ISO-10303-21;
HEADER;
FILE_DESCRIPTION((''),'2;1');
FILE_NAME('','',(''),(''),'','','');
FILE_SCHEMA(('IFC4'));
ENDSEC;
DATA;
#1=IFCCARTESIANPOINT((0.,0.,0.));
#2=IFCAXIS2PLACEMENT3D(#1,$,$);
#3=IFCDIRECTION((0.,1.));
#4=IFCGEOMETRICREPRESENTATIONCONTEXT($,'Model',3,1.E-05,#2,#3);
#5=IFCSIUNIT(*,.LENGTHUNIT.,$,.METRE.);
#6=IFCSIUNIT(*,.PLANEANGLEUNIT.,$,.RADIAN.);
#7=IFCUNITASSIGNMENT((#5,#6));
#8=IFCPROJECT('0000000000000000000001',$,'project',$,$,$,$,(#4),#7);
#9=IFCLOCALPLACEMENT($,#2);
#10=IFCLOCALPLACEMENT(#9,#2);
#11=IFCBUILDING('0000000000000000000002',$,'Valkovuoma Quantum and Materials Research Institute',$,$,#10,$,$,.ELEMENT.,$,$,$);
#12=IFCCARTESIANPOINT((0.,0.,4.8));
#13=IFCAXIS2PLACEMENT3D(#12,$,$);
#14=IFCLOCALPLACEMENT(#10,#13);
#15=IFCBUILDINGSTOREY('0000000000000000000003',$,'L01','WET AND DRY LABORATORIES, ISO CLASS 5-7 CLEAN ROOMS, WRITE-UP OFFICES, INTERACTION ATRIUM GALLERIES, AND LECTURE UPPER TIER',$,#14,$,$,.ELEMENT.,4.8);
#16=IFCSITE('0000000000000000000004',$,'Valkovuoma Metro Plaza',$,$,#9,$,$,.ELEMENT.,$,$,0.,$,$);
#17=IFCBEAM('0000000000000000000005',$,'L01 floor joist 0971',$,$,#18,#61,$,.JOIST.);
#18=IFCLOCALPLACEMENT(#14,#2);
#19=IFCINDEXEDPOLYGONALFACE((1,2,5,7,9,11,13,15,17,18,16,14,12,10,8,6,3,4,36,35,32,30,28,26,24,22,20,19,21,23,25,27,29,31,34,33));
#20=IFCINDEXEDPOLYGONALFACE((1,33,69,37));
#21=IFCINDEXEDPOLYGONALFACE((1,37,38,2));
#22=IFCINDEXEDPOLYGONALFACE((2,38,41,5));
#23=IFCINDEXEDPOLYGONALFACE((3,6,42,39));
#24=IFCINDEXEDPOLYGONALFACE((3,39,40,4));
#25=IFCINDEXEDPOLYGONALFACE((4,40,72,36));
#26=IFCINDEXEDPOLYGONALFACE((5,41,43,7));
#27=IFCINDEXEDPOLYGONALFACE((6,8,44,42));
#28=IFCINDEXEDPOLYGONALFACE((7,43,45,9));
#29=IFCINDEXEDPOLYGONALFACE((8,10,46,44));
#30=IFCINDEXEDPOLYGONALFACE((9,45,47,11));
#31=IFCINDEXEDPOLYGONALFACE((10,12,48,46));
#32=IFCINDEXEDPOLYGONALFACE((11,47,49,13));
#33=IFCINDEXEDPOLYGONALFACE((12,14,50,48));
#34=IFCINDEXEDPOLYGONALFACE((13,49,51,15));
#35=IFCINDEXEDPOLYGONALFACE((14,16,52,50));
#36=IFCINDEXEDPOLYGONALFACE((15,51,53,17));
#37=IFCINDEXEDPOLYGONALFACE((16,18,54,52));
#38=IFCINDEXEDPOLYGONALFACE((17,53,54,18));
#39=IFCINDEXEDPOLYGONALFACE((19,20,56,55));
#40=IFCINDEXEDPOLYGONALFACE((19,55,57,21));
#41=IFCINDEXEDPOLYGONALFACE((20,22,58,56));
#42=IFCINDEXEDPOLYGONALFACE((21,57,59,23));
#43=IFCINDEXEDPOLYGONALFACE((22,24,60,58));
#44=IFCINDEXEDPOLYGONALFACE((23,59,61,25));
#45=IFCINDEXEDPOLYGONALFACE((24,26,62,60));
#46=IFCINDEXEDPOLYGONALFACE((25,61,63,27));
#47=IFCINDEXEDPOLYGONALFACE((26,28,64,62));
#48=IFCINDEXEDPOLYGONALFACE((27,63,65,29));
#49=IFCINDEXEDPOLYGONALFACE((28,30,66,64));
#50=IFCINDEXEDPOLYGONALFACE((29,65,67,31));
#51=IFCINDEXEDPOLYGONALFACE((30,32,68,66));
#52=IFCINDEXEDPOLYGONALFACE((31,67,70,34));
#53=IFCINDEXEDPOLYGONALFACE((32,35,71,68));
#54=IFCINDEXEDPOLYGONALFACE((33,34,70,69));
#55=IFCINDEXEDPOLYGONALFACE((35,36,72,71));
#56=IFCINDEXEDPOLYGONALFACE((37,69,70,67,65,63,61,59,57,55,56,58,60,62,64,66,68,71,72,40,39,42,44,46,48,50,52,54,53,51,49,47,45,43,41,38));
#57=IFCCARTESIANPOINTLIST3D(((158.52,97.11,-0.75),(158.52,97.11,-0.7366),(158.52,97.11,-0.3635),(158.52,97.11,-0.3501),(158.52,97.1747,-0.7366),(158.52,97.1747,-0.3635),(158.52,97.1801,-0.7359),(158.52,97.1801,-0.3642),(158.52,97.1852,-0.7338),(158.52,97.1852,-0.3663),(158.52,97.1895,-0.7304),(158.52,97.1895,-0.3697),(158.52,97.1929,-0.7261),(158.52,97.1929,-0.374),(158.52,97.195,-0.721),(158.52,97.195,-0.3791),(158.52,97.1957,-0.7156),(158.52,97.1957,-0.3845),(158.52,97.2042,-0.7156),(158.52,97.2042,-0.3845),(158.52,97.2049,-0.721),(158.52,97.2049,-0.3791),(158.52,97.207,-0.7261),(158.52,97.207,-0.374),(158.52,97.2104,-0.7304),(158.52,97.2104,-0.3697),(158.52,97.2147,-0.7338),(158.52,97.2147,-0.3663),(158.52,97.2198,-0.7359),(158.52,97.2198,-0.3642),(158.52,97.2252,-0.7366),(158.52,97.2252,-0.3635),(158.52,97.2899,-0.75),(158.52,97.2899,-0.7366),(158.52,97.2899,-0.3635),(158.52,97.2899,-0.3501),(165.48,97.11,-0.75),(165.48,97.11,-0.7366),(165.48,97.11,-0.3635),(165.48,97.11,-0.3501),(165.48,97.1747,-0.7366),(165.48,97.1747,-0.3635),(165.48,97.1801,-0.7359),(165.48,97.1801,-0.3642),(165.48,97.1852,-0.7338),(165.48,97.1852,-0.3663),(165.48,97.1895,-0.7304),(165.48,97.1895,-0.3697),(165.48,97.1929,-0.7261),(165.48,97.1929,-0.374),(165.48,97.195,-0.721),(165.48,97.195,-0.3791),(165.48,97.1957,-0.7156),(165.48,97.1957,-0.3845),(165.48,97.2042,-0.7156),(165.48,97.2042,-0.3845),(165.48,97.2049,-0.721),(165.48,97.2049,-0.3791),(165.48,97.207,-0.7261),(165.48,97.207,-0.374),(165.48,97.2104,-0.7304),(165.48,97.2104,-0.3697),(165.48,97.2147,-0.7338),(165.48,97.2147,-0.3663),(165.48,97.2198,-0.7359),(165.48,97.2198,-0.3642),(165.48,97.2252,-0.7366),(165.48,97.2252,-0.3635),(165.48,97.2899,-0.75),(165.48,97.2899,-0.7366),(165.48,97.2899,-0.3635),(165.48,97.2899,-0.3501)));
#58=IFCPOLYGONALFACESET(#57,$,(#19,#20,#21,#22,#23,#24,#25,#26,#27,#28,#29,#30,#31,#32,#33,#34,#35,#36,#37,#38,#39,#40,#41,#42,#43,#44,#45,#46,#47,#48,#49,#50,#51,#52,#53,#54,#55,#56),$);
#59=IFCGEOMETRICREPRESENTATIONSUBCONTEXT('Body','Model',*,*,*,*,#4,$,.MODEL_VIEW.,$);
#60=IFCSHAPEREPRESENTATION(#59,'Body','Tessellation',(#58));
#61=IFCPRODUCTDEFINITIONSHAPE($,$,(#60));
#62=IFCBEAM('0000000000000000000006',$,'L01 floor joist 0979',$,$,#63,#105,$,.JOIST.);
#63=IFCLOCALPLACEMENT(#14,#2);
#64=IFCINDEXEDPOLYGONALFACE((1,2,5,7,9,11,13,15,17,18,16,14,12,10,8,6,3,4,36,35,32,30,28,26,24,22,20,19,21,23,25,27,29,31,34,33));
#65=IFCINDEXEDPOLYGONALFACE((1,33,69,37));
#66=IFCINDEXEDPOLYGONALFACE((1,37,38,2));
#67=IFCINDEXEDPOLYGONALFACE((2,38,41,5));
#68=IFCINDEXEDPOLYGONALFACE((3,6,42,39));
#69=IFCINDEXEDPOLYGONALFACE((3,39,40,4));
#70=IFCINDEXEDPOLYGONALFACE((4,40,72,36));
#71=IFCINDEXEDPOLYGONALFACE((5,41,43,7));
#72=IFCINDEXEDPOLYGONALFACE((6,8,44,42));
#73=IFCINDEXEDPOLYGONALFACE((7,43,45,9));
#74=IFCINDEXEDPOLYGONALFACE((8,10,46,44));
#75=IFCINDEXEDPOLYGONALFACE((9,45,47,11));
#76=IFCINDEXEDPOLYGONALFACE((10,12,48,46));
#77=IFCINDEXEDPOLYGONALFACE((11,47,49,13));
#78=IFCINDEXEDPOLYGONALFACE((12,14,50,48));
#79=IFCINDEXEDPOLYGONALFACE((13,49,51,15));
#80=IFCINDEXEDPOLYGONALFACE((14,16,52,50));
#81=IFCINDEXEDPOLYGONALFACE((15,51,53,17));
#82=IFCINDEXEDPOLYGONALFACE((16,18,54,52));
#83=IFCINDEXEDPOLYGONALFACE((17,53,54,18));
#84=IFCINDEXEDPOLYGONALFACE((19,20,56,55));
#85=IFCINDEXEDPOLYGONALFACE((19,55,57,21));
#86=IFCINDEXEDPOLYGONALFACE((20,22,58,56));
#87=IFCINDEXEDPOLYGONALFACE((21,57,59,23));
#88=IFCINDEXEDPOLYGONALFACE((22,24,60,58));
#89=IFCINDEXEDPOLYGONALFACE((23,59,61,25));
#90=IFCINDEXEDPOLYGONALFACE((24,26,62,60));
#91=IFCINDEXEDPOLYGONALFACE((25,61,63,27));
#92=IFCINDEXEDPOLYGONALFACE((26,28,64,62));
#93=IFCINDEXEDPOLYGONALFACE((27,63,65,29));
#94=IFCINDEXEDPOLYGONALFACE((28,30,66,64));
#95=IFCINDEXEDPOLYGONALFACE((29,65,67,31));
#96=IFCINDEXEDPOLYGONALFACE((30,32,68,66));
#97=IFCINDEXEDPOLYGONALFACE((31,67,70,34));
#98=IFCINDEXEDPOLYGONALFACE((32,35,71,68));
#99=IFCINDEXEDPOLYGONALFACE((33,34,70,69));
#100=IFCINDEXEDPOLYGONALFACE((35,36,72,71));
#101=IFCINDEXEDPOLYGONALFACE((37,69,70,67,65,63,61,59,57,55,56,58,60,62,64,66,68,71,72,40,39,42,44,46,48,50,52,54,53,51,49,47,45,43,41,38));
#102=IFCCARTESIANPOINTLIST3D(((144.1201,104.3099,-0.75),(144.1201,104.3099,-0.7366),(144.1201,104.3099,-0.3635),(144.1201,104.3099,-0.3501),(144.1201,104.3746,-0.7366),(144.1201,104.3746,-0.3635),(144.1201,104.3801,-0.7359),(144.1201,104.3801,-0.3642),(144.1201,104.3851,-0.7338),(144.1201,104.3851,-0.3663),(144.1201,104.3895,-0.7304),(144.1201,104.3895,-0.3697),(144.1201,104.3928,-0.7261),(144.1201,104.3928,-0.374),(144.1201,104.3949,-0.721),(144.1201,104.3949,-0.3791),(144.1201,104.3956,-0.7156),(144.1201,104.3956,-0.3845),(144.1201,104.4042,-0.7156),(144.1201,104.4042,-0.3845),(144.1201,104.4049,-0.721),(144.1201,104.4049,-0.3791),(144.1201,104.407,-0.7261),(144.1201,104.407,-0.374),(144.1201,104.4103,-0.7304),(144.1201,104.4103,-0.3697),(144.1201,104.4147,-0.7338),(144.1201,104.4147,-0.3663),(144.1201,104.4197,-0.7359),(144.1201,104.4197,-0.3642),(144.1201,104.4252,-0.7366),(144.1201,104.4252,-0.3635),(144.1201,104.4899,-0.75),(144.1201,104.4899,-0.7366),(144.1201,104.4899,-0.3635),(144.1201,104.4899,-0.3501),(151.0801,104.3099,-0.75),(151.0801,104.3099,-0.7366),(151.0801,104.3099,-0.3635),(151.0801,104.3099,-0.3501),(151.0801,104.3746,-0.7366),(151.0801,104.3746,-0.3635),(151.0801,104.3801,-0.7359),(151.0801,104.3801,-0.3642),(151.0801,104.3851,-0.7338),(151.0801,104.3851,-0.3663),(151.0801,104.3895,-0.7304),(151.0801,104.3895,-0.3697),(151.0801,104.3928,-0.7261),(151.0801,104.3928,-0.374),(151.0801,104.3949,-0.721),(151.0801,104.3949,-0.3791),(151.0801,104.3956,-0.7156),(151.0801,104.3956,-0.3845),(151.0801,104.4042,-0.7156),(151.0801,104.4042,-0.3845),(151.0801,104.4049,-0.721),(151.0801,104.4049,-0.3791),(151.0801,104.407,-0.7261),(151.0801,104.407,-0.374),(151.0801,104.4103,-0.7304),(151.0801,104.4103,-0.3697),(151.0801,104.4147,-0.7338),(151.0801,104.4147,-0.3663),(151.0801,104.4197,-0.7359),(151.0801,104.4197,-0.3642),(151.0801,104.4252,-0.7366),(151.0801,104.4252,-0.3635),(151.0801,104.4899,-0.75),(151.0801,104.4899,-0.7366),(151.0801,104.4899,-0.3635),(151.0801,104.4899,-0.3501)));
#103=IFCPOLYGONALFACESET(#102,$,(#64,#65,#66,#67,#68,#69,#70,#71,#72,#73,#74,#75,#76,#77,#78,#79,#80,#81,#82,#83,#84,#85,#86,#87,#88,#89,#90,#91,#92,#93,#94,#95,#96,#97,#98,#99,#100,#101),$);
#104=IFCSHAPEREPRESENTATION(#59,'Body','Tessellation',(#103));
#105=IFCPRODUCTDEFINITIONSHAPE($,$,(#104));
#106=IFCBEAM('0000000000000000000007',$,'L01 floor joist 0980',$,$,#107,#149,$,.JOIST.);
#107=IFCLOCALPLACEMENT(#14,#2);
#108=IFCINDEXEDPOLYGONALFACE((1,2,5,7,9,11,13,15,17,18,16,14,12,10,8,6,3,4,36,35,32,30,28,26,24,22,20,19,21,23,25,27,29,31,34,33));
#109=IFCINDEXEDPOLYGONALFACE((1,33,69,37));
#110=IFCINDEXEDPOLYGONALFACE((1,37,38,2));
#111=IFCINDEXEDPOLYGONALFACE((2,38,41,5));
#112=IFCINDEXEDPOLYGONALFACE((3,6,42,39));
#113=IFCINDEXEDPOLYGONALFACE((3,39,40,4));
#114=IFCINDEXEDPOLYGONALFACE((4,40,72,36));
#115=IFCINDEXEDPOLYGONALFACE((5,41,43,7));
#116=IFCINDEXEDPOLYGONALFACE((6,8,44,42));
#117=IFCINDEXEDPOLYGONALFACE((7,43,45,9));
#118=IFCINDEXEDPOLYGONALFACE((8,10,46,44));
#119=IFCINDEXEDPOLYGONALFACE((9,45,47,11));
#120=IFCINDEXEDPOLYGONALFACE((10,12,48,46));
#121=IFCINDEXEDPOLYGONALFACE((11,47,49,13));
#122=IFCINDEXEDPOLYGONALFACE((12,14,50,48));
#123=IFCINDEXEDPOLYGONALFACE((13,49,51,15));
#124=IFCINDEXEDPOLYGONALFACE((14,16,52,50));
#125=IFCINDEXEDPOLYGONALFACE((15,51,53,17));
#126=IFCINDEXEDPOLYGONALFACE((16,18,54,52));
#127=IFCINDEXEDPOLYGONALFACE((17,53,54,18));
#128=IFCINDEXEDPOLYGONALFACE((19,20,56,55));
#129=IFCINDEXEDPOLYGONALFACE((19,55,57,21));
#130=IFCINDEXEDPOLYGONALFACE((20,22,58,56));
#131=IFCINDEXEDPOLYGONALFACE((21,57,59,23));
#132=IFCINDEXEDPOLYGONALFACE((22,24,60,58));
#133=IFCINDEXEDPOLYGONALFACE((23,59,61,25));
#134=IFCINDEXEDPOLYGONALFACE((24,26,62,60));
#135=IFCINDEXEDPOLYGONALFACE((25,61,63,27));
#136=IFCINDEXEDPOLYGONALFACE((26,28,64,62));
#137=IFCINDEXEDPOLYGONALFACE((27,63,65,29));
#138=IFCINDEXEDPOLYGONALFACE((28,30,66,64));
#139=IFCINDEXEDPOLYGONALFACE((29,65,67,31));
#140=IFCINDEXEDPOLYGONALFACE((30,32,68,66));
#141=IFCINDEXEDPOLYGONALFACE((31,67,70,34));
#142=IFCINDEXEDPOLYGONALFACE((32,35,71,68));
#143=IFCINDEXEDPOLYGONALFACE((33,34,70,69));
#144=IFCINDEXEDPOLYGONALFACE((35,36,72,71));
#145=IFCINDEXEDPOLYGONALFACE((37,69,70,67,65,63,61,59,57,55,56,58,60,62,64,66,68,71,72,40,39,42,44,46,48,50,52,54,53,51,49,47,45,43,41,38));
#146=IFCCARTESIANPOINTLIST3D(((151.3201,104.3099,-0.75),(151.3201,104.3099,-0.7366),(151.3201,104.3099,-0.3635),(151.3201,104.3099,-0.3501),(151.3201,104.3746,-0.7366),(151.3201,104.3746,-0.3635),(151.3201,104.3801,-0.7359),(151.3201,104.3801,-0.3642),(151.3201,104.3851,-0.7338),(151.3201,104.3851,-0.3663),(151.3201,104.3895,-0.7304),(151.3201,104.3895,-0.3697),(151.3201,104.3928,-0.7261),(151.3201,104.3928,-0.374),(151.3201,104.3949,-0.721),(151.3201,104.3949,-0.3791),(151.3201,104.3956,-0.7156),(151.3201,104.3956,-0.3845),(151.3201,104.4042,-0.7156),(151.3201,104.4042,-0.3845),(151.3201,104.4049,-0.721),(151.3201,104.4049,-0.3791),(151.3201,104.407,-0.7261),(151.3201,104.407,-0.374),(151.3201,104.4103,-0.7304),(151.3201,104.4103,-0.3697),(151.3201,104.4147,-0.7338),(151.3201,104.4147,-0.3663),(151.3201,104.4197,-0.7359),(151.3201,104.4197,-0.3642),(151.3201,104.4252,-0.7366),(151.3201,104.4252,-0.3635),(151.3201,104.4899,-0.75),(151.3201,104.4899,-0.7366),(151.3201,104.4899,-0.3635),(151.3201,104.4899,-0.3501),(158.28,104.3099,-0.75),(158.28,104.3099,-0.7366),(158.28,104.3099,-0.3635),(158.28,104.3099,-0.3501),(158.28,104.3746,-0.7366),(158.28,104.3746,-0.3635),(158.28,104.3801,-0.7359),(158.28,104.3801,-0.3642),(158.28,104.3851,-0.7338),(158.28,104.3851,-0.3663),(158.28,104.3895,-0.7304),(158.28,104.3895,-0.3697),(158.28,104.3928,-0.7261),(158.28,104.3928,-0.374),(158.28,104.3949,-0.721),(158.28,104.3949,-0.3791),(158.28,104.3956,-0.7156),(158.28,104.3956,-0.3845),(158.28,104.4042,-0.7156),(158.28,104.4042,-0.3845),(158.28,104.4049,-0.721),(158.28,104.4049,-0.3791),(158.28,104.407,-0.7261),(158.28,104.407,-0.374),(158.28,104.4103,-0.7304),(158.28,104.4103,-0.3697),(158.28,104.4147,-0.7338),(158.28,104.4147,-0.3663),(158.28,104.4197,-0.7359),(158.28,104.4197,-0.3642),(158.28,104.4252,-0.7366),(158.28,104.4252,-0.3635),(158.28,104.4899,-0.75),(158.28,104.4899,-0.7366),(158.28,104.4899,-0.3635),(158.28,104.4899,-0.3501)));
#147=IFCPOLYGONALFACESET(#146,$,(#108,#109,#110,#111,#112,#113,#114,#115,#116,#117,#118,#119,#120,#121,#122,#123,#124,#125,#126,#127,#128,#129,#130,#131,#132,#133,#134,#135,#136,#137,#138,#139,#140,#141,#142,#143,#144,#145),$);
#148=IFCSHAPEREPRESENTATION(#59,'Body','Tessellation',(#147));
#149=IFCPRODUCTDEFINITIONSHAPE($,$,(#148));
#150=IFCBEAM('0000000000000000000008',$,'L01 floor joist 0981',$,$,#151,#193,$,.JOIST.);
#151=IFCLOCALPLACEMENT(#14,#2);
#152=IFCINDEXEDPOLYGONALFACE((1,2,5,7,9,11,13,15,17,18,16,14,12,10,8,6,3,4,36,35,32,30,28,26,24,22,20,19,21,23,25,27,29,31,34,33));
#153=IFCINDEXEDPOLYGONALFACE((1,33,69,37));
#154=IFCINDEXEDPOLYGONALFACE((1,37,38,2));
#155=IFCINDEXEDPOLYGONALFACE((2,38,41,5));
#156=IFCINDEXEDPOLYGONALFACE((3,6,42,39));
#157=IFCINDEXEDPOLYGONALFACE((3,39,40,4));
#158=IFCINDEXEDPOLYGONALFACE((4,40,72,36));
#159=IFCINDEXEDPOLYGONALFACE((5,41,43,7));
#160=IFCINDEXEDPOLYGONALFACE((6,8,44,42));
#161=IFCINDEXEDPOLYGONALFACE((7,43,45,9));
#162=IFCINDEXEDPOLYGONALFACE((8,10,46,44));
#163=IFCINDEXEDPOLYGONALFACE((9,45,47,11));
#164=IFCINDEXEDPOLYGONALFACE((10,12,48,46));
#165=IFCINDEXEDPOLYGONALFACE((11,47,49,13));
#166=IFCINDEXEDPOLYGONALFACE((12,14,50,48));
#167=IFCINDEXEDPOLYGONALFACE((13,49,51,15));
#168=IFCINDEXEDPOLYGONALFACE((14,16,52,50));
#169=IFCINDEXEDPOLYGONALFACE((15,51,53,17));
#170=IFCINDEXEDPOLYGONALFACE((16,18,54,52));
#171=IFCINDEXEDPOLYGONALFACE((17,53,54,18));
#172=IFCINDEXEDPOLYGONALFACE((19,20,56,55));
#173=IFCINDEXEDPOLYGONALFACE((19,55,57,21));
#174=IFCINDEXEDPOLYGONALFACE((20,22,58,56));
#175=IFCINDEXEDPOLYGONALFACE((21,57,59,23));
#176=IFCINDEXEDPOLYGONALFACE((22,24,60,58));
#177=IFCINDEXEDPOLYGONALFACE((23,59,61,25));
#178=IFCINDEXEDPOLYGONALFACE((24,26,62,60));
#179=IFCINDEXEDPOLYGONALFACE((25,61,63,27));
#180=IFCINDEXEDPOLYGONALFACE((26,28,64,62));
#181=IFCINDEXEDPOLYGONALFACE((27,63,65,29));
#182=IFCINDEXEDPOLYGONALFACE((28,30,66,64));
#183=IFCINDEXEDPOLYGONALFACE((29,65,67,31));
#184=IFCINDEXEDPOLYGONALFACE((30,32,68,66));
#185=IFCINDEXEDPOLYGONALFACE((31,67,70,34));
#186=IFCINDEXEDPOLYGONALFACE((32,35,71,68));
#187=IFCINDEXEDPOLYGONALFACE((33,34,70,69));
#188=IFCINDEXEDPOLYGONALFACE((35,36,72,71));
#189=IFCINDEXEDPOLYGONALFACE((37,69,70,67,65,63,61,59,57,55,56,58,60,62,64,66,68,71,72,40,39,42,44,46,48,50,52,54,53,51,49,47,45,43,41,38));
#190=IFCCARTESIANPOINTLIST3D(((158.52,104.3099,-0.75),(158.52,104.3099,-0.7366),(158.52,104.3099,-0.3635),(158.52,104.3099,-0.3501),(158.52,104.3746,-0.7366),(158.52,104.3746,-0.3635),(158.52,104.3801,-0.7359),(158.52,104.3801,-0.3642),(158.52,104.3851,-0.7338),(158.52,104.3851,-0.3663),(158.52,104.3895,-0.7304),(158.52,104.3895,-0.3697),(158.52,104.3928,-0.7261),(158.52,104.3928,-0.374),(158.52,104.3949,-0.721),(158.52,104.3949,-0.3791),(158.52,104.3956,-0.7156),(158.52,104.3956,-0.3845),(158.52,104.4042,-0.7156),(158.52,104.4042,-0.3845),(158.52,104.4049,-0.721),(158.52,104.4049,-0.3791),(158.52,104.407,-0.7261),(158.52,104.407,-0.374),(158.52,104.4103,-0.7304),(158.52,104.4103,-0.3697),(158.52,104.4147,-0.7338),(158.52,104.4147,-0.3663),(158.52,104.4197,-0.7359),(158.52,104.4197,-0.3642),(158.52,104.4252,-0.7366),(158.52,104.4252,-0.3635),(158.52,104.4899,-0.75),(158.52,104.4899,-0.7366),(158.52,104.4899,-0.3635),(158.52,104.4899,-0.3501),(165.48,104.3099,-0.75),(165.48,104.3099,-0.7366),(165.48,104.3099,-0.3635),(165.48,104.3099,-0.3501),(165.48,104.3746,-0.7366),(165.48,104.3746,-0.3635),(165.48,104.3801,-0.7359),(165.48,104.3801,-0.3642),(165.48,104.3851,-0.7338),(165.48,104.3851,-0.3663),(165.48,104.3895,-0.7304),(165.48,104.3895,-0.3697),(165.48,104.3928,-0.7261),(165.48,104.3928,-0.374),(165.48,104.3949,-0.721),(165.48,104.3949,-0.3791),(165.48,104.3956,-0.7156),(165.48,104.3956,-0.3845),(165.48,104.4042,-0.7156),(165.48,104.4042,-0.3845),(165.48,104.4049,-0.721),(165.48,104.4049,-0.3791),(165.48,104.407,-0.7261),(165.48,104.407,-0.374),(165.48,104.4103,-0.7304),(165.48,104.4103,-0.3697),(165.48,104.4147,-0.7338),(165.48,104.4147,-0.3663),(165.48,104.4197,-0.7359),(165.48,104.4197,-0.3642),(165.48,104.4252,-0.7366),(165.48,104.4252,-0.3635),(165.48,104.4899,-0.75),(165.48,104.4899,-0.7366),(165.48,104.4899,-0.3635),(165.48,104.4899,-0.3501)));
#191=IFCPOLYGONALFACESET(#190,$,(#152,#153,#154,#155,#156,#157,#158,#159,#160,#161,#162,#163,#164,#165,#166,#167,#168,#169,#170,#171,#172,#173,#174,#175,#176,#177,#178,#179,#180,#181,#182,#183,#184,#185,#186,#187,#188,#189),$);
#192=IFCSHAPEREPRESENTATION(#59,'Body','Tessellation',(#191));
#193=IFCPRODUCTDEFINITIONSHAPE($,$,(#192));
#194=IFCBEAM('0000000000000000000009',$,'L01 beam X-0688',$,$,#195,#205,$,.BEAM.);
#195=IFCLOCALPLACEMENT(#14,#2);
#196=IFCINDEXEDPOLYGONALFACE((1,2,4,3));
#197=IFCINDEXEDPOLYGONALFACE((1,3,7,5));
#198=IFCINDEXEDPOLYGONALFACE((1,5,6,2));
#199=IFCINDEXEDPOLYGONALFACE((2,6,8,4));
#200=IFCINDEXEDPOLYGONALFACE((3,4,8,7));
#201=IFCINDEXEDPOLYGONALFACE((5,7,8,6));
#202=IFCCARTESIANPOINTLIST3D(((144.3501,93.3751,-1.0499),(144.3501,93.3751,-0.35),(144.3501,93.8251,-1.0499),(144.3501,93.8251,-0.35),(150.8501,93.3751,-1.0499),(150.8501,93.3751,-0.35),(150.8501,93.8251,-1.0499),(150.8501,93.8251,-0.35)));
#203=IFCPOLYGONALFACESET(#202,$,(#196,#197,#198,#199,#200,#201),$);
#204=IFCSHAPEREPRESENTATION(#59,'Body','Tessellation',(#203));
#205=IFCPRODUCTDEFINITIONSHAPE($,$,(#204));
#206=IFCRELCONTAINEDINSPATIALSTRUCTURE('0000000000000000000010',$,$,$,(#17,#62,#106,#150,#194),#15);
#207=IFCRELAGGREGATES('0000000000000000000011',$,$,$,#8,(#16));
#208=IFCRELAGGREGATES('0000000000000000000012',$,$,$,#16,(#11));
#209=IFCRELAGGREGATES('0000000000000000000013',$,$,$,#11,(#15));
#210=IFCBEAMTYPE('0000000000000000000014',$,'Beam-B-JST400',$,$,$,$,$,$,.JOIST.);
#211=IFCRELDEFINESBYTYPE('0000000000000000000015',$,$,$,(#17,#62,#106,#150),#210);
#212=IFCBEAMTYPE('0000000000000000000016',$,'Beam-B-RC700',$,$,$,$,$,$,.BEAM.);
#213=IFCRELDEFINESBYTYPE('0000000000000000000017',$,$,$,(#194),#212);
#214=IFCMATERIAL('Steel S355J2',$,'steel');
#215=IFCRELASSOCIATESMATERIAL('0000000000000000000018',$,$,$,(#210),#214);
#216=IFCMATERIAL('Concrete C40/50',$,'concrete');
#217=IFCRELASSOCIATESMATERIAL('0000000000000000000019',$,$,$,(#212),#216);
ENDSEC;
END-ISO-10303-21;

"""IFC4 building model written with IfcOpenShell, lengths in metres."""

from ifc_helpers import new_model, si_unit, direction, frame, origin, origin_2d, place, context, subcontext, project, spatial, rectangle, i_section, extrude, material, material_profile, profile_set, type_object, element, save


model = new_model("IFC4")

# Units and contexts
model_context = context("Model", 3, precision=1e-05, world=origin(), true_north=direction((0.0, 1.0)))
body_context = subcontext(model_context, "Body", "Model", "MODEL_VIEW")
ifc_project = project(units=[si_unit("LENGTHUNIT", "METRE"), si_unit("PLANEANGLEUNIT", "RADIAN")], contexts=[model_context])

# Site, building, storey
site_placement = place(None, origin())
site = spatial("IfcSite", under=ifc_project, at=site_placement, Name="Valkovuoma Metro Plaza", CompositionType="ELEMENT", RefElevation=0.0)
building_placement = place(site_placement, origin())
building = spatial("IfcBuilding", under=site, at=building_placement, Name="Valkovuoma Quantum and Materials Research Institute", CompositionType="ELEMENT")
storey_placement = place(building_placement, frame((0.0, 0.0, 4.8)))
storey = spatial("IfcBuildingStorey", under=building, at=storey_placement, Name="L01", Description="WET AND DRY LABORATORIES, ISO CLASS 5-7 CLEAN ROOMS, WRITE-UP OFFICES, INTERACTION ATRIUM GALLERIES, AND LECTURE UPPER TIER", CompositionType="ELEMENT", Elevation=4.8)

# Beams
ifc_material_1 = material(Name="Steel S355J2", Category="steel")
ifc_material_profile_1 = material_profile(ifc_material_1, i_section(OverallWidth=0.1799, OverallDepth=0.3999, WebThickness=0.0085, FlangeThickness=0.0134, FilletRadius=0.021, at=origin_2d()), Name="Steel S355J2")
ifc_profile_set_1 = profile_set([ifc_material_profile_1], Name="Steel S355J2")
beam_type_1 = type_object("IfcBeamType", Name="Beam-B-JST400", PredefinedType="JOIST", material=ifc_profile_set_1)
for number, where, z_axis, x_axis, name in (
    (1, (158.52, 97.2, -0.55), (1.0, 0.0, 0.0), (0.0, 1.0, 0.0), "L01 floor joist 0971"),
    (2, (144.1201, 104.3999, -0.55), (1.0, 0.0, 0.0), (0.0, 1.0, 0.0), "L01 floor joist 0979"),
    (3, (151.3201, 104.3999, -0.55), (1.0, 0.0, 0.0), (0.0, 1.0, 0.0), "L01 floor joist 0980"),
    (4, (158.52, 104.3999, -0.55), (1.0, 0.0, 0.0), (0.0, 1.0, 0.0), "L01 floor joist 0981"),
):
    element("IfcBeam", number, at=place(storey_placement, frame(where, z_axis=z_axis, x_axis=x_axis)), inside=storey, type_object=beam_type_1, Name=name, PredefinedType="JOIST", context=body_context, shape_type="SweptSolid", body=[
        extrude(i_section(OverallWidth=0.1799, OverallDepth=0.3999, WebThickness=0.0085, FlangeThickness=0.0134, FilletRadius=0.021, at=origin_2d()), origin(), (0.0, 0.0, 1.0), 6.96),
    ])
ifc_material_2 = material(Name="Concrete C40/50", Category="concrete")
ifc_material_profile_2 = material_profile(ifc_material_2, rectangle(XDim=0.45, YDim=0.7, at=origin_2d()), Name="Concrete C40/50")
ifc_profile_set_2 = profile_set([ifc_material_profile_2], Name="Concrete C40/50")
beam_type_2 = type_object("IfcBeamType", Name="Beam-B-RC700", PredefinedType="BEAM", material=ifc_profile_set_2)
for number, where, z_axis, x_axis, name in (
    (5, (144.3501, 93.6001, -0.7), (1.0, 0.0, 0.0), (0.0, 1.0, 0.0), "L01 beam X-0688"),
):
    element("IfcBeam", number, at=place(storey_placement, frame(where, z_axis=z_axis, x_axis=x_axis)), inside=storey, type_object=beam_type_2, Name=name, PredefinedType="BEAM", context=body_context, shape_type="SweptSolid", body=[
        extrude(rectangle(XDim=0.45, YDim=0.7, at=origin_2d()), origin(), (0.0, 0.0, 1.0), 6.5),
    ])

save(model, "model.ifc")
